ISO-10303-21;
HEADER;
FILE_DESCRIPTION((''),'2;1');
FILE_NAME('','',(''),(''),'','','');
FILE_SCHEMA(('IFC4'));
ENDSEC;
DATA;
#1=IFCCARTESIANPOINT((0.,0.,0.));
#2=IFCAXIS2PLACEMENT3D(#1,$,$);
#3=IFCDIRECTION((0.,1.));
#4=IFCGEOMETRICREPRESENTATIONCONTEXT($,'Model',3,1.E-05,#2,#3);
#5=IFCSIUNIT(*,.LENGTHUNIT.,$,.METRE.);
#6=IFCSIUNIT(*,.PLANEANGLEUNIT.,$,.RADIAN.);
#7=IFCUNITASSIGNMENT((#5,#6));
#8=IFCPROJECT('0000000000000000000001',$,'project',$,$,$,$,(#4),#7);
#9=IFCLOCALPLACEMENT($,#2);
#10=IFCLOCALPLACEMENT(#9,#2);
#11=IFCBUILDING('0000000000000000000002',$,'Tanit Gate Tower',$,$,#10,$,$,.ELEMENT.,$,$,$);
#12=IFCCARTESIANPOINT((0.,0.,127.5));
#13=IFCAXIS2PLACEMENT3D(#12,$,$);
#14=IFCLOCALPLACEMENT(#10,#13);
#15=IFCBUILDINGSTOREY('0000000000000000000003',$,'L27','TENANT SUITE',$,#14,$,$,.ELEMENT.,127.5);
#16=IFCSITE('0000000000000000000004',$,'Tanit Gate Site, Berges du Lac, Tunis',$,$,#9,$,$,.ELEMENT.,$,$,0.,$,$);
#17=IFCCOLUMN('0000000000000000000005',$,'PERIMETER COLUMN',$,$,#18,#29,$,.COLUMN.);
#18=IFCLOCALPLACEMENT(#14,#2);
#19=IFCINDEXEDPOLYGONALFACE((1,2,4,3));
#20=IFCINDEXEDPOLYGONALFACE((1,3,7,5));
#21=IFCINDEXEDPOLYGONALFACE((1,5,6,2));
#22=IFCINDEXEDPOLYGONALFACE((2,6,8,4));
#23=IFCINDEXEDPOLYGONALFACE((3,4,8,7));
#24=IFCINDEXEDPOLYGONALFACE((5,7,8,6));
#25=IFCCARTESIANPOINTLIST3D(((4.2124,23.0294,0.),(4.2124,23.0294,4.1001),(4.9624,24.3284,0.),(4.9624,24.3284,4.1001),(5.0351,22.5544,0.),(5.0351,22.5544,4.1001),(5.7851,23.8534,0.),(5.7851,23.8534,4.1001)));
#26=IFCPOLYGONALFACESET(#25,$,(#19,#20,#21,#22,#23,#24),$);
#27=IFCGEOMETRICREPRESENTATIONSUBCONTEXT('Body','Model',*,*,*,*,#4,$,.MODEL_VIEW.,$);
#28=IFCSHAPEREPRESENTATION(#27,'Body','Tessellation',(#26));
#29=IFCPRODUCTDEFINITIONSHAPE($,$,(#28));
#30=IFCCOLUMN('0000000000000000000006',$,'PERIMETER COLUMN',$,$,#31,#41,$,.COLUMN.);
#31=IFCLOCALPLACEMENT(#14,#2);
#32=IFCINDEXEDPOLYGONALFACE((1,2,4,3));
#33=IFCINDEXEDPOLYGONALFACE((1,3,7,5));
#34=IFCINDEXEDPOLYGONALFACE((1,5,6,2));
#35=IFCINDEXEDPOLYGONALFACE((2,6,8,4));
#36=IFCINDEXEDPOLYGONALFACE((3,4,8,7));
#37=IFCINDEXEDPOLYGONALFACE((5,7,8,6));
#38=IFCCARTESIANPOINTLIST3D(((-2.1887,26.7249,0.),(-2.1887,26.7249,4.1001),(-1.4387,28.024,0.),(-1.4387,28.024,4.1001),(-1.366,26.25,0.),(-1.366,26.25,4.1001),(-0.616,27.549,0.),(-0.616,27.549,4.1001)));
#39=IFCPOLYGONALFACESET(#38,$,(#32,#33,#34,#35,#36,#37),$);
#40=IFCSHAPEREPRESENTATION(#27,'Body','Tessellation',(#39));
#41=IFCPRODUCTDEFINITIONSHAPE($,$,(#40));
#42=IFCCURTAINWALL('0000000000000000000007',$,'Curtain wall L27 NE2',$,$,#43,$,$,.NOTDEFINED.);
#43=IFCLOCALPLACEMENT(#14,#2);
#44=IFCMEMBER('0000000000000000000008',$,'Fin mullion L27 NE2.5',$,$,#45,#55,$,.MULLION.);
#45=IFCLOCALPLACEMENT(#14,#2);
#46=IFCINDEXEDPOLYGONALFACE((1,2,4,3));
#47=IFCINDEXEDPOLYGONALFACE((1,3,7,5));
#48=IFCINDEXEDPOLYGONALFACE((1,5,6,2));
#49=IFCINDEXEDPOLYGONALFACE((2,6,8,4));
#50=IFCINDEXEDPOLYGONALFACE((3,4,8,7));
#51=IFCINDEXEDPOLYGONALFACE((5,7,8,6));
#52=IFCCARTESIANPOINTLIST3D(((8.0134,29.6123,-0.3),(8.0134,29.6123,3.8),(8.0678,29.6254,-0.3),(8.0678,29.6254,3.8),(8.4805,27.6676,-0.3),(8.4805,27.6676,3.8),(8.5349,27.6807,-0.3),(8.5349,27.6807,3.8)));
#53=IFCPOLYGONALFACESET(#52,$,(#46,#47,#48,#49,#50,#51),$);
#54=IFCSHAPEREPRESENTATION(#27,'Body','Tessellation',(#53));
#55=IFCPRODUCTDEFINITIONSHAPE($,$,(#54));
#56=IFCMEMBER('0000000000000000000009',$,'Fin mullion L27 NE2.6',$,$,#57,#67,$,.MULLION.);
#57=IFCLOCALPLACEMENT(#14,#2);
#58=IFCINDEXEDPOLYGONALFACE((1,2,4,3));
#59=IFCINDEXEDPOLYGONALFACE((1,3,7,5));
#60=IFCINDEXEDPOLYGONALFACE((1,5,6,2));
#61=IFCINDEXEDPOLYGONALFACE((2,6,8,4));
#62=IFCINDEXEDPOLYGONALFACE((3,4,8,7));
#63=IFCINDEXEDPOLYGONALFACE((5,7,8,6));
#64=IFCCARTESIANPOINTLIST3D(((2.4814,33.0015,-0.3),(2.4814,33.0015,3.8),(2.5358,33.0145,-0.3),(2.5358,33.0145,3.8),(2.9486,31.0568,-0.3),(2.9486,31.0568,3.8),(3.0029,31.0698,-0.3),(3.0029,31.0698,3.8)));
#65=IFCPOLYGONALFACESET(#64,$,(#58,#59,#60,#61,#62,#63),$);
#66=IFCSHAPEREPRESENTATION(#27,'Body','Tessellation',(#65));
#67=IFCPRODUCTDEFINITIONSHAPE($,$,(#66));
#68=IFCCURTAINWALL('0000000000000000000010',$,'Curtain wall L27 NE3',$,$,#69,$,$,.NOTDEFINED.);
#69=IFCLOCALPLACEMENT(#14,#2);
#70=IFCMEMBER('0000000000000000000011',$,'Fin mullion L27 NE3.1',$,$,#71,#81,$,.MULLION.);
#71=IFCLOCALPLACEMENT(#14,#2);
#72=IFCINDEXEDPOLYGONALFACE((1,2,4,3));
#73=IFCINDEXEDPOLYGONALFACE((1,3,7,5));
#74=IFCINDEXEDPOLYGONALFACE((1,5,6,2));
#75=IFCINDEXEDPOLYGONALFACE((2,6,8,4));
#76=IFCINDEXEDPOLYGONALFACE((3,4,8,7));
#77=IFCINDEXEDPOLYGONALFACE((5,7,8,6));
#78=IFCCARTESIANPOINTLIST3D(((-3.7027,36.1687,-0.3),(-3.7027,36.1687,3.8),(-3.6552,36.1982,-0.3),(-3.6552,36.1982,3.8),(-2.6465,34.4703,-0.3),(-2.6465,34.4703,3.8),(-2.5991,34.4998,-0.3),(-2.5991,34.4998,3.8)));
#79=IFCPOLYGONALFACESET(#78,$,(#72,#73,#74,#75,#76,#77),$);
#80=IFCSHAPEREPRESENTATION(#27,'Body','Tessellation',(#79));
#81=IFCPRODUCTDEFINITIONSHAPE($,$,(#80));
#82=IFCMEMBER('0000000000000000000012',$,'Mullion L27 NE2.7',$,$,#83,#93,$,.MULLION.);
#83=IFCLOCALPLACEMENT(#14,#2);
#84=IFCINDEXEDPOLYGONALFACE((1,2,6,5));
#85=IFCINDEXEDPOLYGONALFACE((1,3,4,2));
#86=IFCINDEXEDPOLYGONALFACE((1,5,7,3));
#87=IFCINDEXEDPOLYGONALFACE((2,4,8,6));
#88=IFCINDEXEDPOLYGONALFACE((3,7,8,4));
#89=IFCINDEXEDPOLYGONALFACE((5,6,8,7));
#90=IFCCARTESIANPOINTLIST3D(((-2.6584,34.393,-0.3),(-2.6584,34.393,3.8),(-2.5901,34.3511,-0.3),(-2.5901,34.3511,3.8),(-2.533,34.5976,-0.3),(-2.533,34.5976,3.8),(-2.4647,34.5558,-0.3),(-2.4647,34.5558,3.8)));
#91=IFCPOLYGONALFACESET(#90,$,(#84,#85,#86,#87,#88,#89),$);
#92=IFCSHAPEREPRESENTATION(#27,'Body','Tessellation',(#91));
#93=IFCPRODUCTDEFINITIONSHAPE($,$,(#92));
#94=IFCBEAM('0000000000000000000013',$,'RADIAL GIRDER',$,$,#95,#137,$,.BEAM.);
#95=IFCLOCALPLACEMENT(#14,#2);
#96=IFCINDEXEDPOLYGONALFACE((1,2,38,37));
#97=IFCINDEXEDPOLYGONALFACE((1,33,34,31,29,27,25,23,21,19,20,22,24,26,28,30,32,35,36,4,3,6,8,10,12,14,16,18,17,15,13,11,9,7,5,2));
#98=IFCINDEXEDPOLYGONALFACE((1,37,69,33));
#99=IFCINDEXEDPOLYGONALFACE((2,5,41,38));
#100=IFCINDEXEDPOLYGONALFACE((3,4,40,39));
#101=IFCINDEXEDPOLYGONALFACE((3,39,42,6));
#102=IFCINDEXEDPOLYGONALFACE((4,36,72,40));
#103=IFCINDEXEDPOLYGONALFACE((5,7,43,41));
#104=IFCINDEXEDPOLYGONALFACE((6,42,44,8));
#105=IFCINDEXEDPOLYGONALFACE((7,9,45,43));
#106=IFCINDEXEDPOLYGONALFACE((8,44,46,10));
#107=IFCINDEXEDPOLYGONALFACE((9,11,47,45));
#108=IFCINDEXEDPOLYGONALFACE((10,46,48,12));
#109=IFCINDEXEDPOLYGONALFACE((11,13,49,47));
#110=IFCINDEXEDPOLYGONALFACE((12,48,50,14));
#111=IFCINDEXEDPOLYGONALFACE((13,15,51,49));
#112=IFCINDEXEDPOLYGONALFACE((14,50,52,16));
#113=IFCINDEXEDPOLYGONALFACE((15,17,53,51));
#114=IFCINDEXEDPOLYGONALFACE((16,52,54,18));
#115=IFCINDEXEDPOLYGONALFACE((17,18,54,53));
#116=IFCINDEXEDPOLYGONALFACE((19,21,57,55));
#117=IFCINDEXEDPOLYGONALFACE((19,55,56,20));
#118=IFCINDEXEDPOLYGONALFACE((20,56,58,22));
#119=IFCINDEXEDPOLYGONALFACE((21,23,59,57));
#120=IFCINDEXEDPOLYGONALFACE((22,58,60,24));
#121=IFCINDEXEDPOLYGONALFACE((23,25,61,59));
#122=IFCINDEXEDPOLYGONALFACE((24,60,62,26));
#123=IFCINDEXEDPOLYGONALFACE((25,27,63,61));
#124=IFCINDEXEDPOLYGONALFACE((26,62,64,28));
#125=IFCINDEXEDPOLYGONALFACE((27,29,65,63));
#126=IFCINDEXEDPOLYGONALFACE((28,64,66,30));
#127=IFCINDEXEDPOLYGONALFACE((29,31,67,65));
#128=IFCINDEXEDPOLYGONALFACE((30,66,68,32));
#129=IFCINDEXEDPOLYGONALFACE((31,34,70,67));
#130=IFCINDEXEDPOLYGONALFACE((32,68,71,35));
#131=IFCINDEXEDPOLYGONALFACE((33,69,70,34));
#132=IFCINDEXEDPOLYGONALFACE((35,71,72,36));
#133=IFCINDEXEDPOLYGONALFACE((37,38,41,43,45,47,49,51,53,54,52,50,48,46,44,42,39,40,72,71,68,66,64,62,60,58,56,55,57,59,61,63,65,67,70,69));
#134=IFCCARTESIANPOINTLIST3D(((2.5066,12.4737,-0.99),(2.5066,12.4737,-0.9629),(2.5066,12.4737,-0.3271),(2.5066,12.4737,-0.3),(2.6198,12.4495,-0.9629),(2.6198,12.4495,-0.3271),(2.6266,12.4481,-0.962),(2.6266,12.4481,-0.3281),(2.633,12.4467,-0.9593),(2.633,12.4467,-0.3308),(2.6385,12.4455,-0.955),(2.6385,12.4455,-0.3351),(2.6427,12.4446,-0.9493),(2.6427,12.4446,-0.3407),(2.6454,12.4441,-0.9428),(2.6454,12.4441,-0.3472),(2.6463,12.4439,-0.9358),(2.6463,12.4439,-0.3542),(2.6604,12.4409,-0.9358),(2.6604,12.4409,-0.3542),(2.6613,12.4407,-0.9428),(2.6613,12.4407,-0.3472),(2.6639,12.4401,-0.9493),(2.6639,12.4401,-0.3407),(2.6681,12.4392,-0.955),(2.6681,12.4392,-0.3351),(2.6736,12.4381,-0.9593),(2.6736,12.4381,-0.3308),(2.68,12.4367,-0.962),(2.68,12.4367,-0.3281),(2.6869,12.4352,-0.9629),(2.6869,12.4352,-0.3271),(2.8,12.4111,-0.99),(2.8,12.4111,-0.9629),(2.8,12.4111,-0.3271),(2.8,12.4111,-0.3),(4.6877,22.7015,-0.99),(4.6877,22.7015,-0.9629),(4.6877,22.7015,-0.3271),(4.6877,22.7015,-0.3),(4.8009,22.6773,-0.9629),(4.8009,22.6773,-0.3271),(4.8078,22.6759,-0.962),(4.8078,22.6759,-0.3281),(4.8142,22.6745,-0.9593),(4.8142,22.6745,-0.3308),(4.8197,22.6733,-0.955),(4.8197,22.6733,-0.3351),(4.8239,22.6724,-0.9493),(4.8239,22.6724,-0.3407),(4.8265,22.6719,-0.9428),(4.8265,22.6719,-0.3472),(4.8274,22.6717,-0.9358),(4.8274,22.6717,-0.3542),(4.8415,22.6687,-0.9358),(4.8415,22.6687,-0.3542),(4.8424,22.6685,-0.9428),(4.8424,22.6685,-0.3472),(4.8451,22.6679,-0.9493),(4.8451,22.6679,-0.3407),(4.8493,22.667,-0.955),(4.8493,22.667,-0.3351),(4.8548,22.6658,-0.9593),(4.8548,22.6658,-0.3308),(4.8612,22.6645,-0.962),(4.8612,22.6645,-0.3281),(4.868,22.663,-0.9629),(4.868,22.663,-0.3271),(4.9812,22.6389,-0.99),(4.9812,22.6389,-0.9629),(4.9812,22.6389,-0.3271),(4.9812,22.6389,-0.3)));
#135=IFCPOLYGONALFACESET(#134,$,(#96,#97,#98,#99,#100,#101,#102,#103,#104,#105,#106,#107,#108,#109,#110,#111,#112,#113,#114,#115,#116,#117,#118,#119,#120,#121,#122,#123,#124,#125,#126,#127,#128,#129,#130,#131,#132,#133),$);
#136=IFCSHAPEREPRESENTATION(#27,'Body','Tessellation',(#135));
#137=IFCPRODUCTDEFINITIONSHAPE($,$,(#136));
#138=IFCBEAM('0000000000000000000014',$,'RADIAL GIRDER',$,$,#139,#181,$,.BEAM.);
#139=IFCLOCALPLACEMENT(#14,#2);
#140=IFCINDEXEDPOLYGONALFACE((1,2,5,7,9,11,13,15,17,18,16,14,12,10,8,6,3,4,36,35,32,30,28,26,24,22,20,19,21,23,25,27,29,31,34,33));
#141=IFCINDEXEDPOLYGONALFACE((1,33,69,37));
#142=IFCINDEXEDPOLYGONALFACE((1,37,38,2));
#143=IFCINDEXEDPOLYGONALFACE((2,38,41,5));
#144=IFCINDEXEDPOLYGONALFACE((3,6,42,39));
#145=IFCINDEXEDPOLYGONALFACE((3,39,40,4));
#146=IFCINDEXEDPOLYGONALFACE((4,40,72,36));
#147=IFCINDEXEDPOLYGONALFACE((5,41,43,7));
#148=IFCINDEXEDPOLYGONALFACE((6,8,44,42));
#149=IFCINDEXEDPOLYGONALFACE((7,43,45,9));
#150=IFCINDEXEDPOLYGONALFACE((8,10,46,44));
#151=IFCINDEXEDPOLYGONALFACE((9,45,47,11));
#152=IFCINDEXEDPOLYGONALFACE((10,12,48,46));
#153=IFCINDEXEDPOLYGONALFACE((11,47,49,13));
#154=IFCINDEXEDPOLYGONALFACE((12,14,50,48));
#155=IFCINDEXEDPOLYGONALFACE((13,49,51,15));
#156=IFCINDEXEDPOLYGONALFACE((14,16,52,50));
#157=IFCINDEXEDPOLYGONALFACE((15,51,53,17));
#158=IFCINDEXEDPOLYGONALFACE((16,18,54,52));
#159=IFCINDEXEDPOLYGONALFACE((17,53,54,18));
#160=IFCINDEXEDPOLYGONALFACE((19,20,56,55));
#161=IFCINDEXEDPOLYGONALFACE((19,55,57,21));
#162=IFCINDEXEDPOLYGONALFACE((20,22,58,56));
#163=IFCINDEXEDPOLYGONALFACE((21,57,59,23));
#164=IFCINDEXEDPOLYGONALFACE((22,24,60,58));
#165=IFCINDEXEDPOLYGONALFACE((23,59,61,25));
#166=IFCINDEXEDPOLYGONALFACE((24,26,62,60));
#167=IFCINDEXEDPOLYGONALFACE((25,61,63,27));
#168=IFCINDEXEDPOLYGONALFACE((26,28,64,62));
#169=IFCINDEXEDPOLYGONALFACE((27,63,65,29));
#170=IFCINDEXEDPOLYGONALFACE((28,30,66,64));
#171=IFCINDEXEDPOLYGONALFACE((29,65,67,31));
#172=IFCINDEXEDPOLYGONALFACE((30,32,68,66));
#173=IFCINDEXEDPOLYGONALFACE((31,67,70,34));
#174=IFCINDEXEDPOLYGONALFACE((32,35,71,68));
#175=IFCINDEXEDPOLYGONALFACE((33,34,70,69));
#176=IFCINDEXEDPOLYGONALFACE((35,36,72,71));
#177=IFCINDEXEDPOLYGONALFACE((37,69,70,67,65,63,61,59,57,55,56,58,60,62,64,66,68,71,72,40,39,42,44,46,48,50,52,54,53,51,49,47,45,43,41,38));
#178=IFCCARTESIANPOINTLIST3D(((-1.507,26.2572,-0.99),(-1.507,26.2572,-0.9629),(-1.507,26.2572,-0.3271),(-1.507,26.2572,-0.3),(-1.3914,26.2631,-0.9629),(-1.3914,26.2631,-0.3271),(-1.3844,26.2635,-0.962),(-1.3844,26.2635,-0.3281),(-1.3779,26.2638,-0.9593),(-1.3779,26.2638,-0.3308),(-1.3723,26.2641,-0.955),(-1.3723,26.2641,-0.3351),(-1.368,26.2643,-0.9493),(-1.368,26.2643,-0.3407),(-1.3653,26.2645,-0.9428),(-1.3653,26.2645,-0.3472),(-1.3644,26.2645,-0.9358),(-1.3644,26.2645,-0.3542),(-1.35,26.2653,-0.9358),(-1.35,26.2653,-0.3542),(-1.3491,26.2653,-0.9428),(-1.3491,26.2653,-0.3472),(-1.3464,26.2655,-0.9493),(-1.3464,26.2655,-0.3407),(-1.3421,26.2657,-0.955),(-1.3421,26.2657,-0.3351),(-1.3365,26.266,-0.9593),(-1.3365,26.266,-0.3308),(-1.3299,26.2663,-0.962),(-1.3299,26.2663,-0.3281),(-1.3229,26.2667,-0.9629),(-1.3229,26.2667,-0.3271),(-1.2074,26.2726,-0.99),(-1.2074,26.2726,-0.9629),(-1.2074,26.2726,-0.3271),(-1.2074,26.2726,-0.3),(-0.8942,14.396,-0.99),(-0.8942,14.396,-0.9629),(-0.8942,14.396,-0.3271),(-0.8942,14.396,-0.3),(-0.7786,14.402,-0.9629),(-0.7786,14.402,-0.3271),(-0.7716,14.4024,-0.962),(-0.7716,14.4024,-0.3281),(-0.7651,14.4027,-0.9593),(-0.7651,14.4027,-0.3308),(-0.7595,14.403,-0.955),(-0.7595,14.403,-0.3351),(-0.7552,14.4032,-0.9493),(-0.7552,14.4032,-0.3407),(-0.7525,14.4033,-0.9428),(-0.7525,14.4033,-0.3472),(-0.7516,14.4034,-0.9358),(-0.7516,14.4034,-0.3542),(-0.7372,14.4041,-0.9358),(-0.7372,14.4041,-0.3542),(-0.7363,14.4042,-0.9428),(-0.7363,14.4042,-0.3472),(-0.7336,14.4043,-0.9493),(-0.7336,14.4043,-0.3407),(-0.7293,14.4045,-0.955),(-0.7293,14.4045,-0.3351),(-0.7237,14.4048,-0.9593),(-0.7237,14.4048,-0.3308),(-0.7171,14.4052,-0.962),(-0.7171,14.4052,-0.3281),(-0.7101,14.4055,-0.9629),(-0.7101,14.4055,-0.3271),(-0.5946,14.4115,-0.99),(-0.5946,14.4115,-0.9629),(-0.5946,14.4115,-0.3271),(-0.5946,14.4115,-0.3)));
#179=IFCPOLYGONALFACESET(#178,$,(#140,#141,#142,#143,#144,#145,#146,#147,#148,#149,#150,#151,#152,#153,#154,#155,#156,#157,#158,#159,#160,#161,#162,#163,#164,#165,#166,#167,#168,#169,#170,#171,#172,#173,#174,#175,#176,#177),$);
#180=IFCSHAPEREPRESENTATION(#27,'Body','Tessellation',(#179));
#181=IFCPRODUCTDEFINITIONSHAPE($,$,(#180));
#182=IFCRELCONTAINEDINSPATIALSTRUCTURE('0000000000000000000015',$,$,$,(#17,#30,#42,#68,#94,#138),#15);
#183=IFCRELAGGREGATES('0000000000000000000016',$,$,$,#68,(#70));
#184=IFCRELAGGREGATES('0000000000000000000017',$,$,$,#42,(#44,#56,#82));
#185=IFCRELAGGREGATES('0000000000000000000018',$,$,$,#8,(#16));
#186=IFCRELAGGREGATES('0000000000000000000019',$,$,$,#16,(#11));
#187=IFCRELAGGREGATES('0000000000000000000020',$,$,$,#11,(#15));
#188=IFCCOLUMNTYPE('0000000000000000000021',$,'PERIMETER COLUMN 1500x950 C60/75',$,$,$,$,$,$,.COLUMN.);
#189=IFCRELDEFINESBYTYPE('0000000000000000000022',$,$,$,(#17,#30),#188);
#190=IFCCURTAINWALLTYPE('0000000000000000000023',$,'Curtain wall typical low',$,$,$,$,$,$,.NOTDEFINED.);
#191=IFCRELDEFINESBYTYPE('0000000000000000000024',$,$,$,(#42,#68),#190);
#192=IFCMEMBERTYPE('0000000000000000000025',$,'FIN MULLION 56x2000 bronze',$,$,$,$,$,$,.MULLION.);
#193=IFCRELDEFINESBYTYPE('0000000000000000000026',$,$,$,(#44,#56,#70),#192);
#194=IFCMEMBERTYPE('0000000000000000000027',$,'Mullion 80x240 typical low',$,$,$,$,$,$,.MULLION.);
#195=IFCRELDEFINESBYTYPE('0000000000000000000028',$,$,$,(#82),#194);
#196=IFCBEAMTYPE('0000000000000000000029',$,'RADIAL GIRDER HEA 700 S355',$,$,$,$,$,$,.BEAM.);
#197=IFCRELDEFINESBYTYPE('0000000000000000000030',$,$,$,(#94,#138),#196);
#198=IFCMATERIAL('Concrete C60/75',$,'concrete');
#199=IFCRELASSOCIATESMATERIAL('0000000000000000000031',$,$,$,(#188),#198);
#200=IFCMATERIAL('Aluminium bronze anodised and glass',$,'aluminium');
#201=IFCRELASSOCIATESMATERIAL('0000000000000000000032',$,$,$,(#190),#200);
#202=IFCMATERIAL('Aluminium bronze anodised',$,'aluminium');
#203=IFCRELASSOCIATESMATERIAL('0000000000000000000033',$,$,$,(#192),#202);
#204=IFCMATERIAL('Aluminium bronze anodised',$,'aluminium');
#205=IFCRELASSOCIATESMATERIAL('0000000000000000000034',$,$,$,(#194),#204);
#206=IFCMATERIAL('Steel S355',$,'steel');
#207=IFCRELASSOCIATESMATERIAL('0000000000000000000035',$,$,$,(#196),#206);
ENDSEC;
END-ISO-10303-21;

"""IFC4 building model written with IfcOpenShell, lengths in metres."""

from ifc_helpers import new_model, si_unit, direction, frame, origin, origin_2d, place, context, subcontext, project, spatial, rectangle, i_section, extrude, material, material_profile, profile_set, type_object, element, aggregate, save


model = new_model("IFC4")

# Units and contexts
model_context = context("Model", 3, precision=1e-05, world=origin(), true_north=direction((0.0, 1.0)))
body_context = subcontext(model_context, "Body", "Model", "MODEL_VIEW")
ifc_project = project(units=[si_unit("LENGTHUNIT", "METRE"), si_unit("PLANEANGLEUNIT", "RADIAN")], contexts=[model_context])

# Site, building, storey
site_placement = place(None, origin())
site = spatial("IfcSite", under=ifc_project, at=site_placement, Name="Tanit Gate Site, Berges du Lac, Tunis", CompositionType="ELEMENT", RefElevation=0.0)
building_placement = place(site_placement, origin())
building = spatial("IfcBuilding", under=site, at=building_placement, Name="Tanit Gate Tower", CompositionType="ELEMENT")
storey_placement = place(building_placement, frame((0.0, 0.0, 127.5)))
storey = spatial("IfcBuildingStorey", under=building, at=storey_placement, Name="L27", Description="TENANT SUITE", CompositionType="ELEMENT", Elevation=127.5)

# Columns
ifc_material_1 = material(Name="Concrete C60/75", Category="concrete")
ifc_material_profile_1 = material_profile(ifc_material_1, rectangle(XDim=1.5, YDim=0.95, at=origin_2d()), Name="RC 1500x950")
ifc_profile_set_1 = profile_set([ifc_material_profile_1], Name="Concrete C60/75")
column_type = type_object("IfcColumnType", Name="PERIMETER COLUMN 1500x950 C60/75", PredefinedType="COLUMN", material=ifc_profile_set_1)
for number, where, z_axis, x_axis, name in (
    (1, (4.9988, 23.4414, 0.0), (0.0, 0.0, 1.0), (0.5, 0.866025, 0.0), "PERIMETER COLUMN"),
    (2, (-1.4023, 27.137, 0.0), (0.0, 0.0, 1.0), (0.5, 0.866025, 0.0), "PERIMETER COLUMN"),
):
    element("IfcColumn", number, at=place(storey_placement, frame(where, z_axis=z_axis, x_axis=x_axis)), inside=storey, type_object=column_type, Name=name, PredefinedType="COLUMN", context=body_context, shape_type="SweptSolid", body=[
        extrude(rectangle(XDim=1.5, YDim=0.95, at=origin_2d()), origin(), (0.0, 0.0, 1.0), 4.1001),
    ])

# Curtain wall, members
ifc_material_2 = material(Name="Aluminium bronze anodised and glass", Category="aluminium")
curtain_wall_type = type_object("IfcCurtainWallType", Name="Curtain wall typical low", PredefinedType="NOTDEFINED", material=ifc_material_2)
curtain_wall_1_placement = place(storey_placement, origin())
curtain_wall_1 = element("IfcCurtainWall", 3, at=curtain_wall_1_placement, inside=storey, type_object=curtain_wall_type, Name="Curtain wall L27 NE2", PredefinedType="NOTDEFINED")
ifc_material_3 = material(Name="Aluminium bronze anodised", Category="aluminium")
ifc_material_profile_2 = material_profile(ifc_material_3, rectangle(XDim=2.0, YDim=0.0559, at=origin_2d()), Name="56x2000 bronze fin mullion")
ifc_profile_set_2 = profile_set([ifc_material_profile_2], Name="Aluminium bronze anodised")
member_type_1 = type_object("IfcMemberType", Name="FIN MULLION 56x2000 bronze", PredefinedType="MULLION", material=ifc_profile_set_2)
member_1_placement = place(storey_placement, frame((8.2742, 28.6465, -0.3), z_axis=(0.0, 0.0, 1.0), x_axis=(0.233557, -0.972343, 0.0)))
member_1 = element("IfcMember", 4, at=member_1_placement, type_object=member_type_1, Name="Fin mullion L27 NE2.5", PredefinedType="MULLION", context=body_context, shape_type="SweptSolid", body=[
    extrude(rectangle(XDim=2.0, YDim=0.0559, at=origin_2d()), origin(), (0.0, 0.0, 1.0), 4.1001),
])
member_2_placement = place(storey_placement, frame((2.7422, 32.0356, -0.3), z_axis=(0.0, 0.0, 1.0), x_axis=(0.233557, -0.972343, 0.0)))
member_2 = element("IfcMember", 5, at=member_2_placement, type_object=member_type_1, Name="Fin mullion L27 NE2.6", PredefinedType="MULLION", context=body_context, shape_type="SweptSolid", body=[
    extrude(rectangle(XDim=2.0, YDim=0.0559, at=origin_2d()), origin(), (0.0, 0.0, 1.0), 4.1001),
])

# Curtain wall, member
curtain_wall_2_placement = place(storey_placement, origin())
curtain_wall_2 = element("IfcCurtainWall", 6, at=curtain_wall_2_placement, inside=storey, type_object=curtain_wall_type, Name="Curtain wall L27 NE3", PredefinedType="NOTDEFINED")
member_3_placement = place(storey_placement, frame((-3.1509, 35.3342, -0.3), z_axis=(0.0, 0.0, 1.0), x_axis=(0.528086, -0.849191, 0.0)))
member_3 = element("IfcMember", 7, at=member_3_placement, type_object=member_type_1, Name="Fin mullion L27 NE3.1", PredefinedType="MULLION", context=body_context, shape_type="SweptSolid", body=[
    extrude(rectangle(XDim=2.0, YDim=0.0559, at=origin_2d()), origin(), (0.0, 0.0, 1.0), 4.1001),
])

# Member
ifc_material_4 = material(Name="Aluminium bronze anodised", Category="aluminium")
ifc_material_profile_3 = material_profile(ifc_material_4, rectangle(XDim=0.24, YDim=0.0801, at=origin_2d()), Name="80x240 bronze mullion")
ifc_profile_set_3 = profile_set([ifc_material_profile_3], Name="Aluminium bronze anodised")
member_type_2 = type_object("IfcMemberType", Name="Mullion 80x240 typical low", PredefinedType="MULLION", material=ifc_profile_set_3)
member_4_placement = place(storey_placement, frame((-2.5615, 34.4744, -0.3), z_axis=(0.0, 0.0, 1.0), x_axis=(-0.522401, -0.8527, 0.0)))
member_4 = element("IfcMember", 8, at=member_4_placement, type_object=member_type_2, Name="Mullion L27 NE2.7", PredefinedType="MULLION", context=body_context, shape_type="SweptSolid", body=[
    extrude(rectangle(XDim=0.24, YDim=0.0801, at=origin_2d()), origin(), (0.0, 0.0, 1.0), 4.1001),
])

# Beams
ifc_material_5 = material(Name="Steel S355", Category="steel")
ifc_material_profile_4 = material_profile(ifc_material_5, i_section(OverallWidth=0.3, OverallDepth=0.6899, WebThickness=0.0144, FlangeThickness=0.0271, FilletRadius=0.0271, at=origin_2d()), Name="HEA 700")
ifc_profile_set_4 = profile_set([ifc_material_profile_4], Name="Steel S355")
beam_type_1 = type_object("IfcBeamType", Name="RADIAL GIRDER HEA 700 S355", PredefinedType="BEAM", material=ifc_profile_set_4)
beam_1_placement = place(storey_placement, frame((4.8345, 22.6702, -0.645), z_axis=(-0.208568, -0.978008, 0.0), x_axis=(0.978008, -0.208568, 0.0)))
element("IfcBeam", 9, at=beam_1_placement, inside=storey, type_object=beam_type_1, Name="RADIAL GIRDER", PredefinedType="BEAM", context=body_context, shape_type="SweptSolid", body=[
    extrude(i_section(OverallWidth=0.3, OverallDepth=0.6899, WebThickness=0.0144, FlangeThickness=0.0271, FilletRadius=0.0271, at=origin_2d()), origin(), (0.0, 0.0, 1.0), 10.4578),
])
beam_2_placement = place(storey_placement, frame((-1.3572, 26.2649, -0.645), z_axis=(0.051595, -0.998668, 0.0), x_axis=(0.998668, 0.051595, 0.0)))
element("IfcBeam", 10, at=beam_2_placement, inside=storey, type_object=beam_type_1, Name="RADIAL GIRDER", PredefinedType="BEAM", context=body_context, shape_type="SweptSolid", body=[
    extrude(i_section(OverallWidth=0.3, OverallDepth=0.6899, WebThickness=0.0144, FlangeThickness=0.0271, FilletRadius=0.0271, at=origin_2d()), origin(), (0.0, 0.0, 1.0), 11.877),
])

aggregate(curtain_wall_2, [member_3])

aggregate(curtain_wall_1, [member_1, member_2, member_4])

save(model, "model.ifc")
